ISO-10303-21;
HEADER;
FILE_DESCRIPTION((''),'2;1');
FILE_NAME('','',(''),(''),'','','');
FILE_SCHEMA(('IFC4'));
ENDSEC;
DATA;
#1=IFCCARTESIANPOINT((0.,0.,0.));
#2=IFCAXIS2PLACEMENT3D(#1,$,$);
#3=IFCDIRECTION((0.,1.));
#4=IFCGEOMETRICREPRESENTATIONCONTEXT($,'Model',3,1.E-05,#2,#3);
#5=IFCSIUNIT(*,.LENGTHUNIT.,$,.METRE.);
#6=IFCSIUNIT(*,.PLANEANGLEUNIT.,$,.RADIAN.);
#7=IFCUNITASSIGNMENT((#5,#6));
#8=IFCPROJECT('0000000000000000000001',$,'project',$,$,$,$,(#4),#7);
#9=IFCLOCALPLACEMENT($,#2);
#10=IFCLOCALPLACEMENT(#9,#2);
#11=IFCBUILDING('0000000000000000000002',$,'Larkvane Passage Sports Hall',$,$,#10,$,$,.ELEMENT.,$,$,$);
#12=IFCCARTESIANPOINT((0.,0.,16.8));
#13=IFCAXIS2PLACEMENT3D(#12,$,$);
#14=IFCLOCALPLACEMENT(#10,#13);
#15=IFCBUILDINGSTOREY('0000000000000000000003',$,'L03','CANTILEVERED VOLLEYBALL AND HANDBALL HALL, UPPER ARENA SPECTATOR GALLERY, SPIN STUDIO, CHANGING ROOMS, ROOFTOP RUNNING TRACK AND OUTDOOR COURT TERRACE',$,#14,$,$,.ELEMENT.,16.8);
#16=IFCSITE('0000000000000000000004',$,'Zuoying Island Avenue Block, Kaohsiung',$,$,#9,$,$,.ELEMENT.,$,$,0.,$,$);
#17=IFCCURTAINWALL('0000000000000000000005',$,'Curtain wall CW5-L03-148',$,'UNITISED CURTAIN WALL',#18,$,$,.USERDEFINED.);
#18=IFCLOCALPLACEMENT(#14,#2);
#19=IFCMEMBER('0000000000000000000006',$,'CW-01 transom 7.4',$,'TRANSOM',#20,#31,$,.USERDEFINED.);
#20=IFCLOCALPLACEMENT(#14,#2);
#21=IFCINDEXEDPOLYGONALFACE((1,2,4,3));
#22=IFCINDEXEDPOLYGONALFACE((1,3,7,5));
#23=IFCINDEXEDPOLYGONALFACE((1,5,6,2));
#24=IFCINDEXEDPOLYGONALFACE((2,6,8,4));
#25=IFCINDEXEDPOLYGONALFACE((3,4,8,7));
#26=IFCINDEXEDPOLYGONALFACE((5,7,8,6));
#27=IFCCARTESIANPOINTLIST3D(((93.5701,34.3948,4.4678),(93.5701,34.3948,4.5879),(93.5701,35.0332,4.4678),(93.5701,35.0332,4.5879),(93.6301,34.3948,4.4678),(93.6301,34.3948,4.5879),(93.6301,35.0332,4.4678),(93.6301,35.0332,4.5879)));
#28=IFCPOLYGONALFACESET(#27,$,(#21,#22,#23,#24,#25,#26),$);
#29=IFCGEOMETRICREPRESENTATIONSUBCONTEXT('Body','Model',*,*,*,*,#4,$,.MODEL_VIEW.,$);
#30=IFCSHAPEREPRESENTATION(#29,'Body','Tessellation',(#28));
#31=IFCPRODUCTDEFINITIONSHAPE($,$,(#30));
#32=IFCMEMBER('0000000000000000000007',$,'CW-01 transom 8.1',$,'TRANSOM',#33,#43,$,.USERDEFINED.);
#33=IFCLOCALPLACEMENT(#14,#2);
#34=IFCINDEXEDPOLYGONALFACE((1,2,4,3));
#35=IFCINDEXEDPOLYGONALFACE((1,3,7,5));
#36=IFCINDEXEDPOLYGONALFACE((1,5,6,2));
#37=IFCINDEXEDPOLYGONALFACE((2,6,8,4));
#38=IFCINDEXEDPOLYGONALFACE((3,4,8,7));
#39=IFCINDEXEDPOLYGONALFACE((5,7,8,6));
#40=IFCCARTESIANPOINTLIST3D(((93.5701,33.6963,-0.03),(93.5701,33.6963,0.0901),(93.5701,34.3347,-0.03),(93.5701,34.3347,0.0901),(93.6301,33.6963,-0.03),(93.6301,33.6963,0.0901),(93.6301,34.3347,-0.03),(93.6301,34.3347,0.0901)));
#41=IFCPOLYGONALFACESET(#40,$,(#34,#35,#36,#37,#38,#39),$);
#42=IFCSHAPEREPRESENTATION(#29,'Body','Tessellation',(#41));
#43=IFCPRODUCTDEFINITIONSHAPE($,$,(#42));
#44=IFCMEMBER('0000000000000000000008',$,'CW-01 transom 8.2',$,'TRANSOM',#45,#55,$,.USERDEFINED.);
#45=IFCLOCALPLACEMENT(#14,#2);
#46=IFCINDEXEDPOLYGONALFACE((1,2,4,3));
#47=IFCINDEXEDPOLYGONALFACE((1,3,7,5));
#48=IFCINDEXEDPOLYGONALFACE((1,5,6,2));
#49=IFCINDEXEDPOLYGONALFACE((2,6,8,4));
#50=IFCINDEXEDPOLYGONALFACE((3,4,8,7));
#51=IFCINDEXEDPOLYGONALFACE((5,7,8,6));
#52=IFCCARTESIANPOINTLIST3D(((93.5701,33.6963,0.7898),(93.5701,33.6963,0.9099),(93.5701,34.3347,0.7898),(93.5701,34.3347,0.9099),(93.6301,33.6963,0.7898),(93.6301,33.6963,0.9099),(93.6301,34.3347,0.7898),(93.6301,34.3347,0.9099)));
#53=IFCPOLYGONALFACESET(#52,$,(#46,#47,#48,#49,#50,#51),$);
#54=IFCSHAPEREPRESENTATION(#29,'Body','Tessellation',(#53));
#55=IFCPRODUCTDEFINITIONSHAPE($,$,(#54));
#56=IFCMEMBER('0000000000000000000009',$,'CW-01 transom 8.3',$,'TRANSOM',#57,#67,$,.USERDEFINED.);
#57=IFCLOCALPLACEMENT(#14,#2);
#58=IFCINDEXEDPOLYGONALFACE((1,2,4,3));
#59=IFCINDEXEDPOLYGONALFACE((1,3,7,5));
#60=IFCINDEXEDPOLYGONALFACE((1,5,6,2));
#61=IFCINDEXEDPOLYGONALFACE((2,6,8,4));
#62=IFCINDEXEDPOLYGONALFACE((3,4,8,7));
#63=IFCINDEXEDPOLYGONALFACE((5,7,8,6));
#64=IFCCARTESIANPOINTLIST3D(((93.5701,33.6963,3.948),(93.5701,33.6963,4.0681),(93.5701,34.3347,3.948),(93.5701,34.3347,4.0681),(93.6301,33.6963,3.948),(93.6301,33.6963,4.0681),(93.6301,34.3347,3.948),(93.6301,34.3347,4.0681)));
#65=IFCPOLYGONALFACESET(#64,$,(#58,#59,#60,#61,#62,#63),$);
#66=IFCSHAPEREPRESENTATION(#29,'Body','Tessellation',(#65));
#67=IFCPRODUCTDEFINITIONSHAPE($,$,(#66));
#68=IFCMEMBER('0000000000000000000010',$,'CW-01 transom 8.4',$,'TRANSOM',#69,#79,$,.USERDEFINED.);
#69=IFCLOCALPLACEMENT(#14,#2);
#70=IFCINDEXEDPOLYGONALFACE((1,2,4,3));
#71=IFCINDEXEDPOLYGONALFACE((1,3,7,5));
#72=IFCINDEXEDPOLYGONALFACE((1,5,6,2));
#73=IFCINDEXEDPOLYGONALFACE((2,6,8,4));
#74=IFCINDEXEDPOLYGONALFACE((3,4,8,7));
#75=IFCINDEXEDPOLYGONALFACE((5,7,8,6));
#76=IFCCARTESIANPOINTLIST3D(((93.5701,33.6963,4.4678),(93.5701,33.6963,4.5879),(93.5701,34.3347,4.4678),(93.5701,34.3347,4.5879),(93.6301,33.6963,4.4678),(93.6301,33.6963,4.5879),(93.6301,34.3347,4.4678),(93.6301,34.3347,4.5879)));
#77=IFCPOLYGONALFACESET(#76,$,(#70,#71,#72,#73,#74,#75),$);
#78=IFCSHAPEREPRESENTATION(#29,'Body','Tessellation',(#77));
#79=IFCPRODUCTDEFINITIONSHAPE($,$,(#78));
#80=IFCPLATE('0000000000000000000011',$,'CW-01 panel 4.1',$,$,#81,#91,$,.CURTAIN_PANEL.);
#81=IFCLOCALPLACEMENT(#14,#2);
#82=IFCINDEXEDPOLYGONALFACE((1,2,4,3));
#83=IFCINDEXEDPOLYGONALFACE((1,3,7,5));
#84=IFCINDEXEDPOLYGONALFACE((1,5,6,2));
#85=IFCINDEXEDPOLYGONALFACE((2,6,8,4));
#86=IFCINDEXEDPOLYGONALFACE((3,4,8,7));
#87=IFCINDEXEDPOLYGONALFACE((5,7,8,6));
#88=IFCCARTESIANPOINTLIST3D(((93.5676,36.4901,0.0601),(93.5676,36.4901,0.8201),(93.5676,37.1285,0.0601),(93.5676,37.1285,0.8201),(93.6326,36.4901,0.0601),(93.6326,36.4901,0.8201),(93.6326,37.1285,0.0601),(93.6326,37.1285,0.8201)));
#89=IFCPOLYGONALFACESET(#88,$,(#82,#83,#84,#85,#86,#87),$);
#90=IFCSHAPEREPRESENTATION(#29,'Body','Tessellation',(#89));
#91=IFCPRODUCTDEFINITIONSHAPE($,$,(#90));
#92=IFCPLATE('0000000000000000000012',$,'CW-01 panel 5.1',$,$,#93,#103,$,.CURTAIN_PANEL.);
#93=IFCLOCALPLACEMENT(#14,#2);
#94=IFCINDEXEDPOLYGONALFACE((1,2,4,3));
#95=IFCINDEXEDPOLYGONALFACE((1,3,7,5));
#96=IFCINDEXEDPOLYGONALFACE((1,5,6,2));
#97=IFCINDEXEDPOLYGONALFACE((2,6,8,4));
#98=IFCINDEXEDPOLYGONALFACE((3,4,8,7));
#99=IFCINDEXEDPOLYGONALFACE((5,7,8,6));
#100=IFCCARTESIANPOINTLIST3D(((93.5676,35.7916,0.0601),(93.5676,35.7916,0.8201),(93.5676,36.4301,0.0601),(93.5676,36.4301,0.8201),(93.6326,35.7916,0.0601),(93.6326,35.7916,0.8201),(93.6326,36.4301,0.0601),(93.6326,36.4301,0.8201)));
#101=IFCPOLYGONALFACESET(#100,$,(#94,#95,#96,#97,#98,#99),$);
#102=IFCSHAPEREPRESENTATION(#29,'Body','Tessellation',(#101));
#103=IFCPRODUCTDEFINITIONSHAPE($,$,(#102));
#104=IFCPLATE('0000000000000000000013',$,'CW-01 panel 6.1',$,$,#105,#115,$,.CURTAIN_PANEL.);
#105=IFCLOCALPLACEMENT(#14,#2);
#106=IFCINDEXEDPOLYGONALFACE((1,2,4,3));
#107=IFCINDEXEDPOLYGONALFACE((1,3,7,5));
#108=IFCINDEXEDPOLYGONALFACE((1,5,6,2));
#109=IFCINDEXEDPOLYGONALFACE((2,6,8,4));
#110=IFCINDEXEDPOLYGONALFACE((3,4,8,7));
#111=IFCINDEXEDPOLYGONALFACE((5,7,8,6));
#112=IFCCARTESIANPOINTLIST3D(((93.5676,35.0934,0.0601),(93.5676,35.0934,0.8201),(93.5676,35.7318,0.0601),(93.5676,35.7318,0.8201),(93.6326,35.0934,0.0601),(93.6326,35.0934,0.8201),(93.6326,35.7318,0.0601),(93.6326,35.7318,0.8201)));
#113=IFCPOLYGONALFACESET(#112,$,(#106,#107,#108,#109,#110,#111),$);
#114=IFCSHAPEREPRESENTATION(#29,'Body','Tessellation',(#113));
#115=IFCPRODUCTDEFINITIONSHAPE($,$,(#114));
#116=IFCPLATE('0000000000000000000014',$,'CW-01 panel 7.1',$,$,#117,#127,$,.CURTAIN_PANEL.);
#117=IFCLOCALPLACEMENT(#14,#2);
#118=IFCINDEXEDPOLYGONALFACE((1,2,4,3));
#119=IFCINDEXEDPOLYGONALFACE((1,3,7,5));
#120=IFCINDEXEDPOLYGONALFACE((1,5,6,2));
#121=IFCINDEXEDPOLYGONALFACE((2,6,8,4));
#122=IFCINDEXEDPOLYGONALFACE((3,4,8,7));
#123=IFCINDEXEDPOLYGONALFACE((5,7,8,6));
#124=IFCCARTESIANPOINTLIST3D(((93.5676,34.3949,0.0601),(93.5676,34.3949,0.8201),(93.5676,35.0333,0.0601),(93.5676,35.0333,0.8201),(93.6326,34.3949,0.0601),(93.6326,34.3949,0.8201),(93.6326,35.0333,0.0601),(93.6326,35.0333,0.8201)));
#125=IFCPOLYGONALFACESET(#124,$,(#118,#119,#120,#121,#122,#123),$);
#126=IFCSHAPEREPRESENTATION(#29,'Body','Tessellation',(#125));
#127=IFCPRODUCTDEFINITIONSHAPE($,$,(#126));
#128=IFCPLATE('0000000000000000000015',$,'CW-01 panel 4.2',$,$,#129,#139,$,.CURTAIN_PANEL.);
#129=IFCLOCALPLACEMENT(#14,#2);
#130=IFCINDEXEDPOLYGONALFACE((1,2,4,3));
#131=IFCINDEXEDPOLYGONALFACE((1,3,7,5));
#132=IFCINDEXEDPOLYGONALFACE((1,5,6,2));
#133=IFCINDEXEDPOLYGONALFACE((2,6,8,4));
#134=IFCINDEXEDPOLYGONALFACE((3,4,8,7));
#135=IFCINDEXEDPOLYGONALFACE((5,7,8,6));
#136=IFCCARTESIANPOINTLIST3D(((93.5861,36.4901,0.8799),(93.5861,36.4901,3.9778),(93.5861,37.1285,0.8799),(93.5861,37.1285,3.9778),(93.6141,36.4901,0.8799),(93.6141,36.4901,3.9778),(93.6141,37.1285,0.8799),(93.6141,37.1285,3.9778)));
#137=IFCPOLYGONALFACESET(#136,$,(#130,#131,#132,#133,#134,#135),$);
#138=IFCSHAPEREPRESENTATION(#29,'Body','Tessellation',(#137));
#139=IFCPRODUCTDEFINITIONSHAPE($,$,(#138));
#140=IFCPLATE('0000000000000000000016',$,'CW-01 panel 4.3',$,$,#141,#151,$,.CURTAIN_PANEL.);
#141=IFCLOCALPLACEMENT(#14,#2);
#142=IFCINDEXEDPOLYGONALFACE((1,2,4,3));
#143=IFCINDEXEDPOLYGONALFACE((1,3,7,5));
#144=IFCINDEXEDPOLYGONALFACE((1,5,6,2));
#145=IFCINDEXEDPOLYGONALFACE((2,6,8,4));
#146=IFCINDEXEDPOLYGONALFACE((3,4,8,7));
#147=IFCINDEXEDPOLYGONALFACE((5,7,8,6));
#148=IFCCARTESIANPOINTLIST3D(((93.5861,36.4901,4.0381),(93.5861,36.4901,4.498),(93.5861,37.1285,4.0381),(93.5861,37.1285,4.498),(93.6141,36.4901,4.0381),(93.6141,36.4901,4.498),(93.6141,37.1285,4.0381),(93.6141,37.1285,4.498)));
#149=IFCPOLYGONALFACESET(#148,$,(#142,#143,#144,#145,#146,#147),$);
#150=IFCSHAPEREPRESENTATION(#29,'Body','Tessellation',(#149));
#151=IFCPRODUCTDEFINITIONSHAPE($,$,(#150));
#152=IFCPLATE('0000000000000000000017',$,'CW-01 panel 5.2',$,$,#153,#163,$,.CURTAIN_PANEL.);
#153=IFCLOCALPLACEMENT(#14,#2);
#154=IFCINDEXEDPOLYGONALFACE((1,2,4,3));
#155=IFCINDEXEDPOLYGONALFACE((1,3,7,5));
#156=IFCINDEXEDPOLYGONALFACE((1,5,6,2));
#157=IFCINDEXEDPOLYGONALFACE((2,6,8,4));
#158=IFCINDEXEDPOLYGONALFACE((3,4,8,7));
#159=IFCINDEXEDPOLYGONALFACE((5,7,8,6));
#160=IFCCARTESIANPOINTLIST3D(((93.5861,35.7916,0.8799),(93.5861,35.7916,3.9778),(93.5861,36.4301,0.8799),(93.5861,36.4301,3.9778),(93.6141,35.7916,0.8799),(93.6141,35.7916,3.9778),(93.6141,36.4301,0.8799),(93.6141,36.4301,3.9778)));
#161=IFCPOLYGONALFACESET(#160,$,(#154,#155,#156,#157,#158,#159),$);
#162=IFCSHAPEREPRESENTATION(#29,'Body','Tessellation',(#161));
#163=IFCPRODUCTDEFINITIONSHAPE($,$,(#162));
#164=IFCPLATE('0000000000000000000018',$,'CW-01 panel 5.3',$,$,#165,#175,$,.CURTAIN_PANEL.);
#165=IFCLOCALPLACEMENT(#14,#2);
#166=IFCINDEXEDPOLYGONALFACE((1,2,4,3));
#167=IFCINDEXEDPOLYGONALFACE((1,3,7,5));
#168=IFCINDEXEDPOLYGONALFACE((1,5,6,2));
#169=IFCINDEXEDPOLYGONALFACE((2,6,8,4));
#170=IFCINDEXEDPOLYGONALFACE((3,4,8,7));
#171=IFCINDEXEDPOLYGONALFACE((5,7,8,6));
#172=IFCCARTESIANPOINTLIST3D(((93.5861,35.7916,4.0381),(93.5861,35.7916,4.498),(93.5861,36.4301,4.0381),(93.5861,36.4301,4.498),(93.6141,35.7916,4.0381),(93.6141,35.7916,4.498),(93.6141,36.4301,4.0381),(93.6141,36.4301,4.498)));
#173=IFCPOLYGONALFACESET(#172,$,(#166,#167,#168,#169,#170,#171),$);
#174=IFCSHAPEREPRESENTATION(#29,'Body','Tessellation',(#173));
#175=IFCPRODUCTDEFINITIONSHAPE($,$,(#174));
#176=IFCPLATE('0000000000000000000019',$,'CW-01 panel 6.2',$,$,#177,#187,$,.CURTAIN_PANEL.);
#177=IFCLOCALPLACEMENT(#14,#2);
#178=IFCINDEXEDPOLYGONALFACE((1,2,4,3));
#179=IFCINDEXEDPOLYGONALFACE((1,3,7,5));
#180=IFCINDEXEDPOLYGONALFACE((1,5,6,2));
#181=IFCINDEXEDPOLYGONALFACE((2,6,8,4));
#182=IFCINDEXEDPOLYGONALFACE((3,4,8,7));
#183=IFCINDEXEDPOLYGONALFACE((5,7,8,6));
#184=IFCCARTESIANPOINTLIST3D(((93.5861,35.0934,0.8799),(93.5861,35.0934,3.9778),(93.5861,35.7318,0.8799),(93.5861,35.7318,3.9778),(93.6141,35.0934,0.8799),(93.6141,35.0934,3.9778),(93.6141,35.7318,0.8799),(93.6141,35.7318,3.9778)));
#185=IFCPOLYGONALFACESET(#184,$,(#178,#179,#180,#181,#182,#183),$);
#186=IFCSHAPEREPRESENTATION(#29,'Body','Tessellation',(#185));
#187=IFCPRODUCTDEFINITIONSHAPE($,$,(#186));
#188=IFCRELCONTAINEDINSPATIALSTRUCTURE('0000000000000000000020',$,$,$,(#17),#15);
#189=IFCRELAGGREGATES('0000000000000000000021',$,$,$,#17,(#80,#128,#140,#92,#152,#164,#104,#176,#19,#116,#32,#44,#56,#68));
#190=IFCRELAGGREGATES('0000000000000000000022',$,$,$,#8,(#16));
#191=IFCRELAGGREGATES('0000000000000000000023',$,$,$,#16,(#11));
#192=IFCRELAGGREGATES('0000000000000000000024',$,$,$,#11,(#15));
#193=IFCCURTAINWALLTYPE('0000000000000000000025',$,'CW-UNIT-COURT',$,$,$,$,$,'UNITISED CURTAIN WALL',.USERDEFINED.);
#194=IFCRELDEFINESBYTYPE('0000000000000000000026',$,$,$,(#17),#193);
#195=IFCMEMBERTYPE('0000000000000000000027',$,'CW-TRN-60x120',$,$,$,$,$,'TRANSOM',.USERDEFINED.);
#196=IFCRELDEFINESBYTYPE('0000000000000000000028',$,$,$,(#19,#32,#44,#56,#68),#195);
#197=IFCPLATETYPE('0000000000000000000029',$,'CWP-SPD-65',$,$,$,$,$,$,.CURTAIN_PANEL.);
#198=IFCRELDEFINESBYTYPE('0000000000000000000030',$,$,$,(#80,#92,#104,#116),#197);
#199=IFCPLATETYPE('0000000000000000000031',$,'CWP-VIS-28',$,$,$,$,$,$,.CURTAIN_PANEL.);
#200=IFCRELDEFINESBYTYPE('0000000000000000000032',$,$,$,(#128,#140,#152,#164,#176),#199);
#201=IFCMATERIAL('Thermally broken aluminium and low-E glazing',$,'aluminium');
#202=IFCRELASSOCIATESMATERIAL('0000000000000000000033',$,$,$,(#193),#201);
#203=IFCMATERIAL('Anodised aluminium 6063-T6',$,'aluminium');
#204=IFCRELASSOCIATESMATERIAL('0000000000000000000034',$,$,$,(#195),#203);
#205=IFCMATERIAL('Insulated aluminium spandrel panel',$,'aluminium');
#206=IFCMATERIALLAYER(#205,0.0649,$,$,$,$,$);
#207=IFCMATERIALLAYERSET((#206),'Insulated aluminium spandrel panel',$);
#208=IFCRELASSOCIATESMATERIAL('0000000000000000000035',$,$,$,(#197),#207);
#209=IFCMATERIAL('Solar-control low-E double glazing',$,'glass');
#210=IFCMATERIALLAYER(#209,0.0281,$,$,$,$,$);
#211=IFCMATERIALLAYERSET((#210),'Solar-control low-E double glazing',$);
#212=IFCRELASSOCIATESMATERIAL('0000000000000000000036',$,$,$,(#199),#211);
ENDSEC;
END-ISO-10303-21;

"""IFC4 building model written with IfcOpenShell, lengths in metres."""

from ifc_helpers import new_model, si_unit, direction, frame, origin, origin_2d, place, context, subcontext, project, spatial, rectangle, extrude, material, layer, layer_set, material_profile, profile_set, type_object, element, aggregate, save


model = new_model("IFC4")

# Units and contexts
model_context = context("Model", 3, precision=1e-05, world=origin(), true_north=direction((0.0, 1.0)))
body_context = subcontext(model_context, "Body", "Model", "MODEL_VIEW")
ifc_project = project(units=[si_unit("LENGTHUNIT", "METRE"), si_unit("PLANEANGLEUNIT", "RADIAN")], contexts=[model_context])

# Site, building, storey
site_placement = place(None, origin())
site = spatial("IfcSite", under=ifc_project, at=site_placement, Name="Zuoying Island Avenue Block, Kaohsiung", CompositionType="ELEMENT", RefElevation=0.0)
building_placement = place(site_placement, origin())
building = spatial("IfcBuilding", under=site, at=building_placement, Name="Larkvane Passage Sports Hall", CompositionType="ELEMENT")
storey_placement = place(building_placement, frame((0.0, 0.0, 16.8)))
storey = spatial("IfcBuildingStorey", under=building, at=storey_placement, Name="L03", Description="CANTILEVERED VOLLEYBALL AND HANDBALL HALL, UPPER ARENA SPECTATOR GALLERY, SPIN STUDIO, CHANGING ROOMS, ROOFTOP RUNNING TRACK AND OUTDOOR COURT TERRACE", CompositionType="ELEMENT", Elevation=16.8)

# Curtain wall, members, plates
ifc_material_1 = material(Name="Thermally broken aluminium and low-E glazing", Category="aluminium")
curtain_wall_type = type_object("IfcCurtainWallType", Name="CW-UNIT-COURT", ElementType="UNITISED CURTAIN WALL", PredefinedType="USERDEFINED", material=ifc_material_1)
curtain_wall_placement = place(storey_placement, origin())
curtain_wall = element("IfcCurtainWall", 1, at=curtain_wall_placement, inside=storey, type_object=curtain_wall_type, Name="Curtain wall CW5-L03-148", ObjectType="UNITISED CURTAIN WALL", PredefinedType="USERDEFINED")
ifc_material_2 = material(Name="Anodised aluminium 6063-T6", Category="aluminium")
ifc_material_profile_1 = material_profile(ifc_material_2, rectangle(XDim=0.0601, YDim=0.1201, at=origin_2d()), Name="ALU-TRN-60x120")
ifc_profile_set_1 = profile_set([ifc_material_profile_1], Name="Anodised aluminium 6063-T6")
member_type_1 = type_object("IfcMemberType", Name="CW-TRN-60x120", ElementType="TRANSOM", PredefinedType="USERDEFINED", material=ifc_profile_set_1)
member_1_placement = place(storey_placement, frame((93.6001, 35.0332, 4.5278), z_axis=(0.0, -1.0, 0.0), x_axis=(1.0, 0.0, 0.0)))
member_1 = element("IfcMember", 2, at=member_1_placement, type_object=member_type_1, Name="CW-01 transom 7.4", ObjectType="TRANSOM", PredefinedType="USERDEFINED", context=body_context, shape_type="SweptSolid", body=[
    extrude(rectangle(XDim=0.0601, YDim=0.1201, at=origin_2d()), origin(), (0.0, 0.0, 1.0), 0.6384),
])
member_2_placement = place(storey_placement, frame((93.6001, 34.3347, 0.03), z_axis=(0.0, -1.0, 0.0), x_axis=(1.0, 0.0, 0.0)))
member_2 = element("IfcMember", 3, at=member_2_placement, type_object=member_type_1, Name="CW-01 transom 8.1", ObjectType="TRANSOM", PredefinedType="USERDEFINED", context=body_context, shape_type="SweptSolid", body=[
    extrude(rectangle(XDim=0.0601, YDim=0.1201, at=origin_2d()), origin(), (0.0, 0.0, 1.0), 0.6384),
])
member_3_placement = place(storey_placement, frame((93.6001, 34.3347, 0.8499), z_axis=(0.0, -1.0, 0.0), x_axis=(1.0, 0.0, 0.0)))
member_3 = element("IfcMember", 4, at=member_3_placement, type_object=member_type_1, Name="CW-01 transom 8.2", ObjectType="TRANSOM", PredefinedType="USERDEFINED", context=body_context, shape_type="SweptSolid", body=[
    extrude(rectangle(XDim=0.0601, YDim=0.1201, at=origin_2d()), origin(), (0.0, 0.0, 1.0), 0.6384),
])
member_4_placement = place(storey_placement, frame((93.6001, 34.3347, 4.0081), z_axis=(0.0, -1.0, 0.0), x_axis=(1.0, 0.0, 0.0)))
member_4 = element("IfcMember", 5, at=member_4_placement, type_object=member_type_1, Name="CW-01 transom 8.3", ObjectType="TRANSOM", PredefinedType="USERDEFINED", context=body_context, shape_type="SweptSolid", body=[
    extrude(rectangle(XDim=0.0601, YDim=0.1201, at=origin_2d()), origin(), (0.0, 0.0, 1.0), 0.6384),
])
member_5_placement = place(storey_placement, frame((93.6001, 34.3347, 4.5278), z_axis=(0.0, -1.0, 0.0), x_axis=(1.0, 0.0, 0.0)))
member_5 = element("IfcMember", 6, at=member_5_placement, type_object=member_type_1, Name="CW-01 transom 8.4", ObjectType="TRANSOM", PredefinedType="USERDEFINED", context=body_context, shape_type="SweptSolid", body=[
    extrude(rectangle(XDim=0.0601, YDim=0.1201, at=origin_2d()), origin(), (0.0, 0.0, 1.0), 0.6384),
])
ifc_material_3 = material(Name="Insulated aluminium spandrel panel", Category="aluminium")
ifc_layer_1 = layer(ifc_material_3, 0.0649)
ifc_layer_set_1 = layer_set([ifc_layer_1], Name="Insulated aluminium spandrel panel")
plate_type_1 = type_object("IfcPlateType", Name="CWP-SPD-65", PredefinedType="CURTAIN_PANEL", material=ifc_layer_set_1)
plate_1_placement = place(storey_placement, frame((93.6001, 36.8093, 0.0601), z_axis=(0.0, 0.0, 1.0), x_axis=(0.0, -1.0, 0.0)))
plate_1 = element("IfcPlate", 7, at=plate_1_placement, type_object=plate_type_1, Name="CW-01 panel 4.1", PredefinedType="CURTAIN_PANEL", context=body_context, shape_type="SweptSolid", body=[
    extrude(rectangle(XDim=0.6384, YDim=0.0649, at=origin_2d()), origin(), (0.0, 0.0, 1.0), 0.76),
])
plate_2_placement = place(storey_placement, frame((93.6001, 36.1108, 0.0601), z_axis=(0.0, 0.0, 1.0), x_axis=(0.0, -1.0, 0.0)))
plate_2 = element("IfcPlate", 8, at=plate_2_placement, type_object=plate_type_1, Name="CW-01 panel 5.1", PredefinedType="CURTAIN_PANEL", context=body_context, shape_type="SweptSolid", body=[
    extrude(rectangle(XDim=0.6384, YDim=0.0649, at=origin_2d()), origin(), (0.0, 0.0, 1.0), 0.76),
])
plate_3_placement = place(storey_placement, frame((93.6001, 35.4126, 0.0601), z_axis=(0.0, 0.0, 1.0), x_axis=(0.0, -1.0, 0.0)))
plate_3 = element("IfcPlate", 9, at=plate_3_placement, type_object=plate_type_1, Name="CW-01 panel 6.1", PredefinedType="CURTAIN_PANEL", context=body_context, shape_type="SweptSolid", body=[
    extrude(rectangle(XDim=0.6384, YDim=0.0649, at=origin_2d()), origin(), (0.0, 0.0, 1.0), 0.76),
])
plate_4_placement = place(storey_placement, frame((93.6001, 34.7141, 0.0601), z_axis=(0.0, 0.0, 1.0), x_axis=(0.0, -1.0, 0.0)))
plate_4 = element("IfcPlate", 10, at=plate_4_placement, type_object=plate_type_1, Name="CW-01 panel 7.1", PredefinedType="CURTAIN_PANEL", context=body_context, shape_type="SweptSolid", body=[
    extrude(rectangle(XDim=0.6384, YDim=0.0649, at=origin_2d()), origin(), (0.0, 0.0, 1.0), 0.76),
])
ifc_material_4 = material(Name="Solar-control low-E double glazing", Category="glass")
ifc_layer_2 = layer(ifc_material_4, 0.0281)
ifc_layer_set_2 = layer_set([ifc_layer_2], Name="Solar-control low-E double glazing")
plate_type_2 = type_object("IfcPlateType", Name="CWP-VIS-28", PredefinedType="CURTAIN_PANEL", material=ifc_layer_set_2)
plate_5_placement = place(storey_placement, frame((93.6001, 36.8093, 0.8799), z_axis=(0.0, 0.0, 1.0), x_axis=(0.0, -1.0, 0.0)))
plate_5 = element("IfcPlate", 11, at=plate_5_placement, type_object=plate_type_2, Name="CW-01 panel 4.2", PredefinedType="CURTAIN_PANEL", context=body_context, shape_type="SweptSolid", body=[
    extrude(rectangle(XDim=0.6384, YDim=0.0281, at=origin_2d()), origin(), (0.0, 0.0, 1.0), 3.0979),
])
plate_6_placement = place(storey_placement, frame((93.6001, 36.8093, 4.0381), z_axis=(0.0, 0.0, 1.0), x_axis=(0.0, -1.0, 0.0)))
plate_6 = element("IfcPlate", 12, at=plate_6_placement, type_object=plate_type_2, Name="CW-01 panel 4.3", PredefinedType="CURTAIN_PANEL", context=body_context, shape_type="SweptSolid", body=[
    extrude(rectangle(XDim=0.6384, YDim=0.0281, at=origin_2d()), origin(), (0.0, 0.0, 1.0), 0.46),
])
plate_7_placement = place(storey_placement, frame((93.6001, 36.1108, 0.8799), z_axis=(0.0, 0.0, 1.0), x_axis=(0.0, -1.0, 0.0)))
plate_7 = element("IfcPlate", 13, at=plate_7_placement, type_object=plate_type_2, Name="CW-01 panel 5.2", PredefinedType="CURTAIN_PANEL", context=body_context, shape_type="SweptSolid", body=[
    extrude(rectangle(XDim=0.6384, YDim=0.0281, at=origin_2d()), origin(), (0.0, 0.0, 1.0), 3.0979),
])
plate_8_placement = place(storey_placement, frame((93.6001, 36.1108, 4.0381), z_axis=(0.0, 0.0, 1.0), x_axis=(0.0, -1.0, 0.0)))
plate_8 = element("IfcPlate", 14, at=plate_8_placement, type_object=plate_type_2, Name="CW-01 panel 5.3", PredefinedType="CURTAIN_PANEL", context=body_context, shape_type="SweptSolid", body=[
    extrude(rectangle(XDim=0.6384, YDim=0.0281, at=origin_2d()), origin(), (0.0, 0.0, 1.0), 0.46),
])
plate_9_placement = place(storey_placement, frame((93.6001, 35.4126, 0.8799), z_axis=(0.0, 0.0, 1.0), x_axis=(0.0, -1.0, 0.0)))
plate_9 = element("IfcPlate", 15, at=plate_9_placement, type_object=plate_type_2, Name="CW-01 panel 6.2", PredefinedType="CURTAIN_PANEL", context=body_context, shape_type="SweptSolid", body=[
    extrude(rectangle(XDim=0.6384, YDim=0.0281, at=origin_2d()), origin(), (0.0, 0.0, 1.0), 3.0979),
])
aggregate(curtain_wall, [plate_1, plate_5, plate_6, plate_2, plate_7, plate_8, plate_3, plate_9, member_1, plate_4, member_2, member_3, member_4, member_5])

save(model, "model.ifc")
